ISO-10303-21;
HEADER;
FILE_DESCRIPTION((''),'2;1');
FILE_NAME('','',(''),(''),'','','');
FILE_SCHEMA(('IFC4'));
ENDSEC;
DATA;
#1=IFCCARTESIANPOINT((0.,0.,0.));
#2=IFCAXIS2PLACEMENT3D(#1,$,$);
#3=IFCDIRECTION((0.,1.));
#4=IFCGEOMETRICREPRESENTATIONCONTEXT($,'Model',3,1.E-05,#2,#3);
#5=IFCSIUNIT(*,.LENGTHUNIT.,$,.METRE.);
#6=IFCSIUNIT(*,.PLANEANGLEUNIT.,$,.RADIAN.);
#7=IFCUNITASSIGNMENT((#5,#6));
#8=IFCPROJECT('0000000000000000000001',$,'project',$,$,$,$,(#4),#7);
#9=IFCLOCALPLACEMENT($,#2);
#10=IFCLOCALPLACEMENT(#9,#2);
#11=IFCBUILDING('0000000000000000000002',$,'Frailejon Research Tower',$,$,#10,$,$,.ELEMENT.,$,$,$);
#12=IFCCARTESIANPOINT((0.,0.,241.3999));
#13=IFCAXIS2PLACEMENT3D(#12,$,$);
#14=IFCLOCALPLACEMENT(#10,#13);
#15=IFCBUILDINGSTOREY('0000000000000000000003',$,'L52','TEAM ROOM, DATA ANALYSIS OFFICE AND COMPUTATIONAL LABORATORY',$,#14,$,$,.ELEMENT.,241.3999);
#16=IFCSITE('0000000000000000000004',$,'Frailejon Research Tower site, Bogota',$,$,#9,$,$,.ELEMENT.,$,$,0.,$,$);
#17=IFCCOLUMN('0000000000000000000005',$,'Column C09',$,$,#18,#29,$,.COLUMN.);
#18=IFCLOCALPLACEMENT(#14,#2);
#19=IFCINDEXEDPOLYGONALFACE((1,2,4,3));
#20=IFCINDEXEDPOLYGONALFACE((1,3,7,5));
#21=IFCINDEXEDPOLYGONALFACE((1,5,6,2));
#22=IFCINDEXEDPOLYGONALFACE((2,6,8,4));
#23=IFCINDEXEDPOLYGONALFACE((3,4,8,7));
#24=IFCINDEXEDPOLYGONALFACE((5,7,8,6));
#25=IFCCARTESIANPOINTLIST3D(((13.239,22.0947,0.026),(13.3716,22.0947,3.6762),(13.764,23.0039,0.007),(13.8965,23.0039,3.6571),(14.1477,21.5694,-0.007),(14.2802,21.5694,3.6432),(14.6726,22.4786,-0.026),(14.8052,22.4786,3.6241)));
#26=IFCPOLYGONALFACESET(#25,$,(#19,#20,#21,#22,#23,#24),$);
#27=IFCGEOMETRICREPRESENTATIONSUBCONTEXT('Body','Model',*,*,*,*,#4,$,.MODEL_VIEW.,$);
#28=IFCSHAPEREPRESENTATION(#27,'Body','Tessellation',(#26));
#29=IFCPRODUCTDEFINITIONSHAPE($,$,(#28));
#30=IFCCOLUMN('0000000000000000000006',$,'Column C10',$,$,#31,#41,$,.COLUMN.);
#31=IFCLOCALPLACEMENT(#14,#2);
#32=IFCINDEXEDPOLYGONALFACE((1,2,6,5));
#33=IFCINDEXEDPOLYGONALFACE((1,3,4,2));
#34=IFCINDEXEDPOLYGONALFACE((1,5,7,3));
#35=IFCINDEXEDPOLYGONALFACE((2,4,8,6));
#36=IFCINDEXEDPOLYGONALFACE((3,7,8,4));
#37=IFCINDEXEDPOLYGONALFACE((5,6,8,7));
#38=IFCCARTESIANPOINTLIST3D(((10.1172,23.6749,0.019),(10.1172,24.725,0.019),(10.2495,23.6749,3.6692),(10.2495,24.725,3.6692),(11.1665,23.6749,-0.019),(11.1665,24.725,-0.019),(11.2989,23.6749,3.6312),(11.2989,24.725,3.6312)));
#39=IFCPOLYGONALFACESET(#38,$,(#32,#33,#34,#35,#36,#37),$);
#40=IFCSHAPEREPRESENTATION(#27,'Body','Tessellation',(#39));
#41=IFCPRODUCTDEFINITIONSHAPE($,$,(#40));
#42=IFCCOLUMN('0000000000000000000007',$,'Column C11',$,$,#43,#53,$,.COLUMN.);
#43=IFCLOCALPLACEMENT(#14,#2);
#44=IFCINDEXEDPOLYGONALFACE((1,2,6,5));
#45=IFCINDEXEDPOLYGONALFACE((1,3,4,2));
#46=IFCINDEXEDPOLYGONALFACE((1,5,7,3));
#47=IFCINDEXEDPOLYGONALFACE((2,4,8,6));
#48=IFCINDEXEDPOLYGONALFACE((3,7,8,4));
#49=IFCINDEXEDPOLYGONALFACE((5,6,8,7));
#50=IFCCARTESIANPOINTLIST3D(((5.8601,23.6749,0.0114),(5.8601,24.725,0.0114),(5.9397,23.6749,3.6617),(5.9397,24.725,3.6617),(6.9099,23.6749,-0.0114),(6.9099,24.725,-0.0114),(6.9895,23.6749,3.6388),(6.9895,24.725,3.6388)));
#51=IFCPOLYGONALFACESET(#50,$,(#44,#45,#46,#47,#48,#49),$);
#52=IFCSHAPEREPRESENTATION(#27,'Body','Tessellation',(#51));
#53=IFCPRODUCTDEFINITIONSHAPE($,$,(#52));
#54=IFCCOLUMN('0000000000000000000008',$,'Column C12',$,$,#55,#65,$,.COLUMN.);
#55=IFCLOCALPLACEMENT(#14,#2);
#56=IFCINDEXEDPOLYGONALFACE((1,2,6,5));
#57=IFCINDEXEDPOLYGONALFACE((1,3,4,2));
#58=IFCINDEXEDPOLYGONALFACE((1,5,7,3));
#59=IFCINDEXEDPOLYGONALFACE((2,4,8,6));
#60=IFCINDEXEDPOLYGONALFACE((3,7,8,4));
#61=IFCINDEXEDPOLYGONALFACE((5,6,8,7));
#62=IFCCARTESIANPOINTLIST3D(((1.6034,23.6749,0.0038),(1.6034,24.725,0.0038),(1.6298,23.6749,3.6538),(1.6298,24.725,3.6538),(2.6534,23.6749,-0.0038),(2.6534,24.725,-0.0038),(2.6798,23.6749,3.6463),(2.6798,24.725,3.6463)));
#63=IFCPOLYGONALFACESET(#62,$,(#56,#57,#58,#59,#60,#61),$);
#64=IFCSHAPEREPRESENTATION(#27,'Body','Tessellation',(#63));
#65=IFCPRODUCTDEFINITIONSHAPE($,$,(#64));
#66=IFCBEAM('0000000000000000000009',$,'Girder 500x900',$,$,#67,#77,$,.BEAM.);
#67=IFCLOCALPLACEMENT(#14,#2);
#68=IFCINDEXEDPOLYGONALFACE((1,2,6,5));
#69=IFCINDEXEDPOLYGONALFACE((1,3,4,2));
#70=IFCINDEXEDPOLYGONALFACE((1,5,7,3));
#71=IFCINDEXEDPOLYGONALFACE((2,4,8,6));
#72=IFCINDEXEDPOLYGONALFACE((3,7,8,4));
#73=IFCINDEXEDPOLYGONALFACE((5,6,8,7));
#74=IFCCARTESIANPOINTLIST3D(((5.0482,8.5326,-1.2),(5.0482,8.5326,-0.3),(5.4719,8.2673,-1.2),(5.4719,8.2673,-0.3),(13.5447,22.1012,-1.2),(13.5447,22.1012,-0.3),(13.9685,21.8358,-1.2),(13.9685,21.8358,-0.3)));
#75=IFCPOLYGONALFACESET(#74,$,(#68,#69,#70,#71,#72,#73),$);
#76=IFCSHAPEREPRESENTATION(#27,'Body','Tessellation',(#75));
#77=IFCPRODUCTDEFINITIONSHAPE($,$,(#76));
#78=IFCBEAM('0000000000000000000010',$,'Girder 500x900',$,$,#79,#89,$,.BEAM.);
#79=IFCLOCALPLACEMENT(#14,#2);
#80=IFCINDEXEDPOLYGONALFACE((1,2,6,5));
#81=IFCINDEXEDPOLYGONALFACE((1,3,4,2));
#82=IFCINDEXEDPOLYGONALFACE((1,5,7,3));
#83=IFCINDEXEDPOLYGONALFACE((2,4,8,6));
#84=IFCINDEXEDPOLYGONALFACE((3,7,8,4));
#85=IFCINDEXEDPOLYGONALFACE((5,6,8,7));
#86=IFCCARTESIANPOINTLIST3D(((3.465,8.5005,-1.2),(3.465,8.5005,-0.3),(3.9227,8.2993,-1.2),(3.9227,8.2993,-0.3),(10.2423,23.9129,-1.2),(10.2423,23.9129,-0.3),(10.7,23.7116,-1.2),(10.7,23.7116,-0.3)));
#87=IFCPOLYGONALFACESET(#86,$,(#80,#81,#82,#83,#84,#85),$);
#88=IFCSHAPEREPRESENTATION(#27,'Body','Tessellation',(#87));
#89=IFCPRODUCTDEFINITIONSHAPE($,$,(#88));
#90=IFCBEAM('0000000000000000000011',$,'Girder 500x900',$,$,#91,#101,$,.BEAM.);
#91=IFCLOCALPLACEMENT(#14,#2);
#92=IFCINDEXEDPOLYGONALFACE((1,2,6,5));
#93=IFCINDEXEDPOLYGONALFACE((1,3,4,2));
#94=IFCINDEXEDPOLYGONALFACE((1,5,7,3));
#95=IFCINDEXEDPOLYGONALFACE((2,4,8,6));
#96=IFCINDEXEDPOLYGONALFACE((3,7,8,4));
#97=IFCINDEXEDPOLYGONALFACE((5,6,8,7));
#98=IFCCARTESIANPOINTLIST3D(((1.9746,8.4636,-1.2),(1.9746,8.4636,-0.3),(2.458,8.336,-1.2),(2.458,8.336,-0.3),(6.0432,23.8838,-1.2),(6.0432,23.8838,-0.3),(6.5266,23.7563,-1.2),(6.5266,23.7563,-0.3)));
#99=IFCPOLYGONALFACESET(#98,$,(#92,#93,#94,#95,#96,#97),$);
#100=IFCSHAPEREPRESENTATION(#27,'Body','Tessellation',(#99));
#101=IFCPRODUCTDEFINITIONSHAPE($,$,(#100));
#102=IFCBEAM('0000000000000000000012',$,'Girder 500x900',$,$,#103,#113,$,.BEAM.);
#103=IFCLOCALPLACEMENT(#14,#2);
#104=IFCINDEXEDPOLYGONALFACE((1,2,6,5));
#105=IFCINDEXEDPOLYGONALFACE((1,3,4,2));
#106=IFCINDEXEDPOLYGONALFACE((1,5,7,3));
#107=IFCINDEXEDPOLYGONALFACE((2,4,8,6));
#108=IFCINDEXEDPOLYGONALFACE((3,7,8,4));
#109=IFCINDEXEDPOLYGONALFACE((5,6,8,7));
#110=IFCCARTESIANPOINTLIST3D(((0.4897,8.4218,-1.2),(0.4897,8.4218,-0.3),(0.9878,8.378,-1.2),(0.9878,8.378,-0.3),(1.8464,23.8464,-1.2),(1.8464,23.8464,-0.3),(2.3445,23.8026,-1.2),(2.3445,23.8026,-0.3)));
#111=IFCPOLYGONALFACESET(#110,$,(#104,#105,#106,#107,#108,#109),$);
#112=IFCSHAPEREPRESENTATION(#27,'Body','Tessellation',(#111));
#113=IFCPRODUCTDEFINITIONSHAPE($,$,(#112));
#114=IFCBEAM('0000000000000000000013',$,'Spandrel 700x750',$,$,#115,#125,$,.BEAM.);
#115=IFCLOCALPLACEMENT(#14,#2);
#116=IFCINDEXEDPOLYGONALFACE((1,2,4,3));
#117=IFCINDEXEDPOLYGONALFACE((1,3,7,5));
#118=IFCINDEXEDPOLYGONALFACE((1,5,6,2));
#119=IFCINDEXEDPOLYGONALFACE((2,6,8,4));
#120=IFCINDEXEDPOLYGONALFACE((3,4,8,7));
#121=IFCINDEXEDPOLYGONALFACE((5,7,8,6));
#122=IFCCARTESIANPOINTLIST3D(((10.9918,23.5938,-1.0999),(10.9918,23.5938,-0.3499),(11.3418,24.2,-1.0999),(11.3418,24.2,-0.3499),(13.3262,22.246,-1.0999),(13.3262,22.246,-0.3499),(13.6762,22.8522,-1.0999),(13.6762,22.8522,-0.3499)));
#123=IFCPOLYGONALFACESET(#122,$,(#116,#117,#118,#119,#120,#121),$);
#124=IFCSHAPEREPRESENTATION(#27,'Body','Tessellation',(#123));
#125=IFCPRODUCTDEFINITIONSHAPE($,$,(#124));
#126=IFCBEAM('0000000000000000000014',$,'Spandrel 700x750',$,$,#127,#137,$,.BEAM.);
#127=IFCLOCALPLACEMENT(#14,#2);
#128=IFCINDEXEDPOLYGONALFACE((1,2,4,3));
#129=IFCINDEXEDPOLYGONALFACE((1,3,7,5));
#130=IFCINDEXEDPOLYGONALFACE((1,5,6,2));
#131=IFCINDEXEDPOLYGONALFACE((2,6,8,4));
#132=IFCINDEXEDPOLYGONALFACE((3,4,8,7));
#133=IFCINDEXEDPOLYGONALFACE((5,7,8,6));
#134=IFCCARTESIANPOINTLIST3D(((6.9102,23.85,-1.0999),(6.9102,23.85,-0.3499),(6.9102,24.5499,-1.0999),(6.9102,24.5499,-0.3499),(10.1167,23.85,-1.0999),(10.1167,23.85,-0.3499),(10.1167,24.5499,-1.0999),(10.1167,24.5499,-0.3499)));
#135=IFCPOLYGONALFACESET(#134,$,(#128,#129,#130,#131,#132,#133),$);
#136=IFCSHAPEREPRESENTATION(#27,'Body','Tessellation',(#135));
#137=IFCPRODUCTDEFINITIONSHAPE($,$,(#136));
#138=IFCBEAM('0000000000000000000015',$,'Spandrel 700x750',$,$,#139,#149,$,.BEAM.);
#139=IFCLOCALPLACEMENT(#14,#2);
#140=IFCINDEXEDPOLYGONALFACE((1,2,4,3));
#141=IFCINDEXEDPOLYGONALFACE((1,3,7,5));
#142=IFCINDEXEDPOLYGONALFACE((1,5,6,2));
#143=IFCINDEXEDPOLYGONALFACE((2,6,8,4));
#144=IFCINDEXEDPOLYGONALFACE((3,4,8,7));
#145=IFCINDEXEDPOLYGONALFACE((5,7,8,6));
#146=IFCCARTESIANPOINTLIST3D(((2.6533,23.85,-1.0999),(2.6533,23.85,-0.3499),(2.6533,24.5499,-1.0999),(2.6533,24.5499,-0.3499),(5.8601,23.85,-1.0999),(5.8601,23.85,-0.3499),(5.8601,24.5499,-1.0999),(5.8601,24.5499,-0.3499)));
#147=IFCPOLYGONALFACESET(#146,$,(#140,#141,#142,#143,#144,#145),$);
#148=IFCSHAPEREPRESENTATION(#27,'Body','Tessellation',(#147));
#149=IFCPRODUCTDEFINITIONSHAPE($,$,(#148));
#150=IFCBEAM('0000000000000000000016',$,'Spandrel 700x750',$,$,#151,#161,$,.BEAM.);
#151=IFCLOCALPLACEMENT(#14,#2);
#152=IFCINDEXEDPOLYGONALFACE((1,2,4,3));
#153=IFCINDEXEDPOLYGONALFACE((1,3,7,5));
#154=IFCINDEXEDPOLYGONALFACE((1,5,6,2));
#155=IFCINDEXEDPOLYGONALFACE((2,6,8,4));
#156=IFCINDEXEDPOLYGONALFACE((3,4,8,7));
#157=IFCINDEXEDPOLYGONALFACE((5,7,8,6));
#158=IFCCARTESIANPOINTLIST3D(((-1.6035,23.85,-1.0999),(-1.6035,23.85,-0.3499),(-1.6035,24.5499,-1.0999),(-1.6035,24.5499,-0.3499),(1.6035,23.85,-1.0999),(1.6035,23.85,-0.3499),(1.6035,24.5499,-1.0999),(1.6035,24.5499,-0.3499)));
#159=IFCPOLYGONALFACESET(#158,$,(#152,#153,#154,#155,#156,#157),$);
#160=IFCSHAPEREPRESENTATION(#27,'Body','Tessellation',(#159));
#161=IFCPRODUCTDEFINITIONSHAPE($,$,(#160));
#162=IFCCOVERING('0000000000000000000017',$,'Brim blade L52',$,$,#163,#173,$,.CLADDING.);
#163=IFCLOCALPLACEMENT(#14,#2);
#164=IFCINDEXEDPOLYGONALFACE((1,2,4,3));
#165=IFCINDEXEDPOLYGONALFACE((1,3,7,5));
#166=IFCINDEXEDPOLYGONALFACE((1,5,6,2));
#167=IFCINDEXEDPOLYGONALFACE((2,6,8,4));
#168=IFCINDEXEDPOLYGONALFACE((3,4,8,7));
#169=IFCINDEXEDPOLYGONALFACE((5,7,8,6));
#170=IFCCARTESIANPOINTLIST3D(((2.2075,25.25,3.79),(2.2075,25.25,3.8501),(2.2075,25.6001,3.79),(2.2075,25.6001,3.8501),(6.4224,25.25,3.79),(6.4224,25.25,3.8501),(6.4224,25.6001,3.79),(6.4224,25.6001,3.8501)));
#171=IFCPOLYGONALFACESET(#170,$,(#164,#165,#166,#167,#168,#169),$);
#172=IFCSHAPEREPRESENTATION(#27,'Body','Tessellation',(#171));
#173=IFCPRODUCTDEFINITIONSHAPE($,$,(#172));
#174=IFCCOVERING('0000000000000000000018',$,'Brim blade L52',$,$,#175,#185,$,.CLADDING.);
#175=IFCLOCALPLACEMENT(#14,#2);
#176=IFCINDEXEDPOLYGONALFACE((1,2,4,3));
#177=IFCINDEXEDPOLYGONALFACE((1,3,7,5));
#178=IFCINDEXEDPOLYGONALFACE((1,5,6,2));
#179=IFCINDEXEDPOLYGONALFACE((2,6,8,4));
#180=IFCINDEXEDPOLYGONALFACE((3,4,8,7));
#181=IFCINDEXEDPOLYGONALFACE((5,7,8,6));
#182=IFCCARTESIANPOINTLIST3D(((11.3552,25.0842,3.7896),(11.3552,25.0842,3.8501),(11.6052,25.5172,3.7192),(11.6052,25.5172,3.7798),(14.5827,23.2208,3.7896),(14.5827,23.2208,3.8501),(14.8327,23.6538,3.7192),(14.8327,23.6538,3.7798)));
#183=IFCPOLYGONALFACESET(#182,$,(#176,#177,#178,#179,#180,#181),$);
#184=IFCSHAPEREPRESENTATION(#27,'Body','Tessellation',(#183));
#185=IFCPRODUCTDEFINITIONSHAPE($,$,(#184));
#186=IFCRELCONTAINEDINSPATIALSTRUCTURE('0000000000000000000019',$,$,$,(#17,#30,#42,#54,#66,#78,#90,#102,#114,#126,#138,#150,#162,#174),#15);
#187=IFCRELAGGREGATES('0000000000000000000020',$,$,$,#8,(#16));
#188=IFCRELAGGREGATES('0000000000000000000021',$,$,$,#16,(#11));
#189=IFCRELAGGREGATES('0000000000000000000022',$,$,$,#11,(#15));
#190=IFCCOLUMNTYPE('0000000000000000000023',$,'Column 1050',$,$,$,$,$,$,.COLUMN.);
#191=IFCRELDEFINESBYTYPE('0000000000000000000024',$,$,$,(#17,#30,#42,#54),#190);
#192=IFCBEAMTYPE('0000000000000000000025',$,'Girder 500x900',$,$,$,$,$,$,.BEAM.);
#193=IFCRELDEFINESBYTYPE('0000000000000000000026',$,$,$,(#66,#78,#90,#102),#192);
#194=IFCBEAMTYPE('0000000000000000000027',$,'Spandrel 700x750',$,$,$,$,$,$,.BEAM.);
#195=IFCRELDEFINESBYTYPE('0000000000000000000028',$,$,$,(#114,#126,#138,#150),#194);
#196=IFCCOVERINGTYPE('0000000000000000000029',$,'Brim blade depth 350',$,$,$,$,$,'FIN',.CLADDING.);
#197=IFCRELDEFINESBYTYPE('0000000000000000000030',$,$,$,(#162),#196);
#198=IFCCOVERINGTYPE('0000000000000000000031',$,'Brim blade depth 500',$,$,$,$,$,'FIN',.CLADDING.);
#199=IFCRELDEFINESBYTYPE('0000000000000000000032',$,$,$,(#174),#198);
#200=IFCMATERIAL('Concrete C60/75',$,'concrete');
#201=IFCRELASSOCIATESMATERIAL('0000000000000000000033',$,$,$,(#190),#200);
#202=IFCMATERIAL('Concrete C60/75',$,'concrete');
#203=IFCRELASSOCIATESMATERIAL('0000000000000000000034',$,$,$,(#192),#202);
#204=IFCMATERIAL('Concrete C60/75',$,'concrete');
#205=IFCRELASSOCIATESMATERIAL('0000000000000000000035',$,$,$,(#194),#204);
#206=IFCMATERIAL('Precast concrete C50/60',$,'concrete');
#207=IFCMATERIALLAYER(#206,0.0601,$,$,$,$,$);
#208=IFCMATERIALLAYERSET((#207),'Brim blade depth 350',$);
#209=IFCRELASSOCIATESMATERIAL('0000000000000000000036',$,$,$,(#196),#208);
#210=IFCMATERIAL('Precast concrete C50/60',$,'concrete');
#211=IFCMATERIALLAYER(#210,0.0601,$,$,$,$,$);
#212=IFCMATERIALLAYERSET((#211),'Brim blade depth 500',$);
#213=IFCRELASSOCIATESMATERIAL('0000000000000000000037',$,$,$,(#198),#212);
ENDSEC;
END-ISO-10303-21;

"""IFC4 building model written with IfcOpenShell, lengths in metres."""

from ifc_helpers import new_model, si_unit, direction, frame, origin, origin_2d, place, context, subcontext, project, spatial, polyline, rectangle, outline, extrude, material, layer, layer_set, material_profile, profile_set, type_object, element, save


model = new_model("IFC4")

# Units and contexts
model_context = context("Model", 3, precision=1e-05, world=origin(), true_north=direction((0.0, 1.0)))
body_context = subcontext(model_context, "Body", "Model", "MODEL_VIEW")
ifc_project = project(units=[si_unit("LENGTHUNIT", "METRE"), si_unit("PLANEANGLEUNIT", "RADIAN")], contexts=[model_context])

# Site, building, storey
site_placement = place(None, origin())
site = spatial("IfcSite", under=ifc_project, at=site_placement, Name="Frailejon Research Tower site, Bogota", CompositionType="ELEMENT", RefElevation=0.0)
building_placement = place(site_placement, origin())
building = spatial("IfcBuilding", under=site, at=building_placement, Name="Frailejon Research Tower", CompositionType="ELEMENT")
storey_placement = place(building_placement, frame((0.0, 0.0, 241.3999)))
storey = spatial("IfcBuildingStorey", under=building, at=storey_placement, Name="L52", Description="TEAM ROOM, DATA ANALYSIS OFFICE AND COMPUTATIONAL LABORATORY", CompositionType="ELEMENT", Elevation=241.3999)

# Columns
ifc_material_1 = material(Name="Concrete C60/75", Category="concrete")
ifc_material_profile_1 = material_profile(ifc_material_1, rectangle(XDim=1.05, YDim=1.05, at=origin_2d()), Name="Column 1050")
ifc_profile_set_1 = profile_set([ifc_material_profile_1], Name="Concrete C60/75")
column_type = type_object("IfcColumnType", Name="Column 1050", PredefinedType="COLUMN", material=ifc_profile_set_1)
for number, where, z_axis, x_axis, name in (
    (1, (13.9558, 22.2866, 0.0), (0.036295, 0.0, 0.999341), (-0.865313, 0.500246, 0.031427), "Column C09"),
    (2, (10.6418, 24.2, 0.0), (0.036228, 0.0, 0.999344), (-0.999344, 0.0, 0.036228), "Column C10"),
):
    element("IfcColumn", number, at=place(storey_placement, frame(where, z_axis=z_axis, x_axis=x_axis)), inside=storey, type_object=column_type, Name=name, PredefinedType="COLUMN", context=body_context, shape_type="SweptSolid", body=[
        extrude(rectangle(XDim=1.05, YDim=1.05, at=origin_2d()), origin(), (0.0, 0.0, 1.0), 3.6526),
    ])
column_1_placement = place(storey_placement, frame((6.385, 24.2, 0.0), z_axis=(0.021799, 0.0, 0.999762), x_axis=(-0.999762, 0.0, 0.021799)))
element("IfcColumn", 3, at=column_1_placement, inside=storey, type_object=column_type, Name="Column C11", PredefinedType="COLUMN", context=body_context, shape_type="SweptSolid", body=[
    extrude(rectangle(XDim=1.05, YDim=1.05, at=origin_2d()), origin(), (0.0, 0.0, 1.0), 3.6511),
])
column_2_placement = place(storey_placement, frame((2.1284, 24.2, 0.0), z_axis=(0.007223, 0.0, 0.999974), x_axis=(-0.999974, 0.0, 0.007223)))
element("IfcColumn", 4, at=column_2_placement, inside=storey, type_object=column_type, Name="Column C12", PredefinedType="COLUMN", context=body_context, shape_type="SweptSolid", body=[
    extrude(rectangle(XDim=1.05, YDim=1.05, at=origin_2d()), origin(), (0.0, 0.0, 1.0), 3.6501),
])

# Beams
ifc_material_2 = material(Name="Concrete C60/75", Category="concrete")
ifc_material_profile_2 = material_profile(ifc_material_2, rectangle(XDim=0.5, YDim=0.8999, at=origin_2d()), Name="Girder 500x900")
ifc_profile_set_2 = profile_set([ifc_material_profile_2], Name="Concrete C60/75")
beam_type_1 = type_object("IfcBeamType", Name="Girder 500x900", PredefinedType="BEAM", material=ifc_profile_set_2)
beam_1_placement = place(storey_placement, frame((13.7566, 21.9685, -0.75), z_axis=(-0.530727, -0.847543, 0.0), x_axis=(0.847543, -0.530727, 0.0)))
element("IfcBeam", 5, at=beam_1_placement, inside=storey, type_object=beam_type_1, Name="Girder 500x900", PredefinedType="BEAM", context=body_context, shape_type="SweptSolid", body=[
    extrude(rectangle(XDim=0.5, YDim=0.8999, at=origin_2d()), origin(), (0.0, 0.0, 1.0), 16.0093),
])
beam_2_placement = place(storey_placement, frame((10.4712, 23.8123, -0.75), z_axis=(-0.402535, -0.915405, 0.0), x_axis=(0.915405, -0.402535, 0.0)))
element("IfcBeam", 6, at=beam_2_placement, inside=storey, type_object=beam_type_1, Name="Girder 500x900", PredefinedType="BEAM", context=body_context, shape_type="SweptSolid", body=[
    extrude(rectangle(XDim=0.5, YDim=0.8999, at=origin_2d()), origin(), (0.0, 0.0, 1.0), 16.8367),
])
beam_3_placement = place(storey_placement, frame((6.2849, 23.8201, -0.75), z_axis=(-0.255119, -0.96691, 0.0), x_axis=(0.96691, -0.255119, 0.0)))
element("IfcBeam", 7, at=beam_3_placement, inside=storey, type_object=beam_type_1, Name="Girder 500x900", PredefinedType="BEAM", context=body_context, shape_type="SweptSolid", body=[
    extrude(rectangle(XDim=0.5, YDim=0.8999, at=origin_2d()), origin(), (0.0, 0.0, 1.0), 15.948),
])
beam_4_placement = place(storey_placement, frame((2.0955, 23.8245, -0.75), z_axis=(-0.087618, -0.996154, 0.0), x_axis=(0.996154, -0.087618, 0.0)))
element("IfcBeam", 8, at=beam_4_placement, inside=storey, type_object=beam_type_1, Name="Girder 500x900", PredefinedType="BEAM", context=body_context, shape_type="SweptSolid", body=[
    extrude(rectangle(XDim=0.5, YDim=0.8999, at=origin_2d()), origin(), (0.0, 0.0, 1.0), 15.4841),
])
ifc_material_3 = material(Name="Concrete C60/75", Category="concrete")
ifc_material_profile_3 = material_profile(ifc_material_3, rectangle(XDim=0.7, YDim=0.75, at=origin_2d()), Name="Spandrel 700x750")
ifc_profile_set_3 = profile_set([ifc_material_profile_3], Name="Concrete C60/75")
beam_type_2 = type_object("IfcBeamType", Name="Spandrel 700x750", PredefinedType="BEAM", material=ifc_profile_set_3)
beam_5_placement = place(storey_placement, frame((13.5012, 22.5491, -0.7249), z_axis=(-0.866011, 0.500026, 0.0), x_axis=(-0.500026, -0.866011, 0.0)))
element("IfcBeam", 9, at=beam_5_placement, inside=storey, type_object=beam_type_2, Name="Spandrel 700x750", PredefinedType="BEAM", context=body_context, shape_type="SweptSolid", body=[
    extrude(rectangle(XDim=0.7, YDim=0.75, at=origin_2d()), origin(), (0.0, 0.0, 1.0), 2.6956),
])
beam_6_placement = place(storey_placement, frame((10.1167, 24.2, -0.7249), z_axis=(-1.0, 0.0, 0.0), x_axis=(0.0, -1.0, 0.0)))
element("IfcBeam", 10, at=beam_6_placement, inside=storey, type_object=beam_type_2, Name="Spandrel 700x750", PredefinedType="BEAM", context=body_context, shape_type="SweptSolid", body=[
    extrude(rectangle(XDim=0.7, YDim=0.75, at=origin_2d()), origin(), (0.0, 0.0, 1.0), 3.2065),
])
beam_7_placement = place(storey_placement, frame((5.8601, 24.2, -0.7249), z_axis=(-1.0, 0.0, 0.0), x_axis=(0.0, -1.0, 0.0)))
element("IfcBeam", 11, at=beam_7_placement, inside=storey, type_object=beam_type_2, Name="Spandrel 700x750", PredefinedType="BEAM", context=body_context, shape_type="SweptSolid", body=[
    extrude(rectangle(XDim=0.7, YDim=0.75, at=origin_2d()), origin(), (0.0, 0.0, 1.0), 3.2068),
])
beam_8_placement = place(storey_placement, frame((1.6035, 24.2, -0.7249), z_axis=(-1.0, 0.0, 0.0), x_axis=(0.0, -1.0, 0.0)))
element("IfcBeam", 12, at=beam_8_placement, inside=storey, type_object=beam_type_2, Name="Spandrel 700x750", PredefinedType="BEAM", context=body_context, shape_type="SweptSolid", body=[
    extrude(rectangle(XDim=0.7, YDim=0.75, at=origin_2d()), origin(), (0.0, 0.0, 1.0), 3.207),
])

# Coverings
ifc_material_4 = material(Name="Precast concrete C50/60", Category="concrete")
ifc_layer_1 = layer(ifc_material_4, 0.0601)
ifc_layer_set_1 = layer_set([ifc_layer_1], Name="Brim blade depth 350")
covering_type_1 = type_object("IfcCoveringType", Name="Brim blade depth 350", ElementType="FIN", PredefinedType="CLADDING", material=ifc_layer_set_1)
covering_1_placement = place(storey_placement, frame((2.2075, 25.25, 3.8501), z_axis=(1.0, 0.0, 0.0), x_axis=(0.0, 1.0, 0.0)))
element("IfcCovering", 13, at=covering_1_placement, inside=storey, type_object=covering_type_1, Name="Brim blade L52", PredefinedType="CLADDING", context=body_context, shape_type="SweptSolid", body=[
    extrude(outline(polyline([(0.0, -0.0601), (0.3501, -0.0601), (0.3501, 0.0), (0.0, 0.0), (0.0, -0.0601)])), origin(), (0.0, 0.0, 1.0), 4.2148),
])
ifc_material_5 = material(Name="Precast concrete C50/60", Category="concrete")
ifc_layer_2 = layer(ifc_material_5, 0.0601)
ifc_layer_set_2 = layer_set([ifc_layer_2], Name="Brim blade depth 500")
covering_type_2 = type_object("IfcCoveringType", Name="Brim blade depth 500", ElementType="FIN", PredefinedType="CLADDING", material=ifc_layer_set_2)
covering_2_placement = place(storey_placement, frame((11.3552, 25.0842, 3.8501), z_axis=(0.866025, -0.500001, 0.0), x_axis=(0.500001, 0.866025, 0.0)))
element("IfcCovering", 14, at=covering_2_placement, inside=storey, type_object=covering_type_2, Name="Brim blade L52", PredefinedType="CLADDING", context=body_context, shape_type="SweptSolid", body=[
    extrude(outline(polyline([(0.0, -0.0605), (0.5, -0.1309), (0.5, -0.0703), (0.0, 0.0), (0.0, -0.0605)])), origin(), (0.0, 0.0, 1.0), 3.7268),
])

save(model, "model.ifc")
